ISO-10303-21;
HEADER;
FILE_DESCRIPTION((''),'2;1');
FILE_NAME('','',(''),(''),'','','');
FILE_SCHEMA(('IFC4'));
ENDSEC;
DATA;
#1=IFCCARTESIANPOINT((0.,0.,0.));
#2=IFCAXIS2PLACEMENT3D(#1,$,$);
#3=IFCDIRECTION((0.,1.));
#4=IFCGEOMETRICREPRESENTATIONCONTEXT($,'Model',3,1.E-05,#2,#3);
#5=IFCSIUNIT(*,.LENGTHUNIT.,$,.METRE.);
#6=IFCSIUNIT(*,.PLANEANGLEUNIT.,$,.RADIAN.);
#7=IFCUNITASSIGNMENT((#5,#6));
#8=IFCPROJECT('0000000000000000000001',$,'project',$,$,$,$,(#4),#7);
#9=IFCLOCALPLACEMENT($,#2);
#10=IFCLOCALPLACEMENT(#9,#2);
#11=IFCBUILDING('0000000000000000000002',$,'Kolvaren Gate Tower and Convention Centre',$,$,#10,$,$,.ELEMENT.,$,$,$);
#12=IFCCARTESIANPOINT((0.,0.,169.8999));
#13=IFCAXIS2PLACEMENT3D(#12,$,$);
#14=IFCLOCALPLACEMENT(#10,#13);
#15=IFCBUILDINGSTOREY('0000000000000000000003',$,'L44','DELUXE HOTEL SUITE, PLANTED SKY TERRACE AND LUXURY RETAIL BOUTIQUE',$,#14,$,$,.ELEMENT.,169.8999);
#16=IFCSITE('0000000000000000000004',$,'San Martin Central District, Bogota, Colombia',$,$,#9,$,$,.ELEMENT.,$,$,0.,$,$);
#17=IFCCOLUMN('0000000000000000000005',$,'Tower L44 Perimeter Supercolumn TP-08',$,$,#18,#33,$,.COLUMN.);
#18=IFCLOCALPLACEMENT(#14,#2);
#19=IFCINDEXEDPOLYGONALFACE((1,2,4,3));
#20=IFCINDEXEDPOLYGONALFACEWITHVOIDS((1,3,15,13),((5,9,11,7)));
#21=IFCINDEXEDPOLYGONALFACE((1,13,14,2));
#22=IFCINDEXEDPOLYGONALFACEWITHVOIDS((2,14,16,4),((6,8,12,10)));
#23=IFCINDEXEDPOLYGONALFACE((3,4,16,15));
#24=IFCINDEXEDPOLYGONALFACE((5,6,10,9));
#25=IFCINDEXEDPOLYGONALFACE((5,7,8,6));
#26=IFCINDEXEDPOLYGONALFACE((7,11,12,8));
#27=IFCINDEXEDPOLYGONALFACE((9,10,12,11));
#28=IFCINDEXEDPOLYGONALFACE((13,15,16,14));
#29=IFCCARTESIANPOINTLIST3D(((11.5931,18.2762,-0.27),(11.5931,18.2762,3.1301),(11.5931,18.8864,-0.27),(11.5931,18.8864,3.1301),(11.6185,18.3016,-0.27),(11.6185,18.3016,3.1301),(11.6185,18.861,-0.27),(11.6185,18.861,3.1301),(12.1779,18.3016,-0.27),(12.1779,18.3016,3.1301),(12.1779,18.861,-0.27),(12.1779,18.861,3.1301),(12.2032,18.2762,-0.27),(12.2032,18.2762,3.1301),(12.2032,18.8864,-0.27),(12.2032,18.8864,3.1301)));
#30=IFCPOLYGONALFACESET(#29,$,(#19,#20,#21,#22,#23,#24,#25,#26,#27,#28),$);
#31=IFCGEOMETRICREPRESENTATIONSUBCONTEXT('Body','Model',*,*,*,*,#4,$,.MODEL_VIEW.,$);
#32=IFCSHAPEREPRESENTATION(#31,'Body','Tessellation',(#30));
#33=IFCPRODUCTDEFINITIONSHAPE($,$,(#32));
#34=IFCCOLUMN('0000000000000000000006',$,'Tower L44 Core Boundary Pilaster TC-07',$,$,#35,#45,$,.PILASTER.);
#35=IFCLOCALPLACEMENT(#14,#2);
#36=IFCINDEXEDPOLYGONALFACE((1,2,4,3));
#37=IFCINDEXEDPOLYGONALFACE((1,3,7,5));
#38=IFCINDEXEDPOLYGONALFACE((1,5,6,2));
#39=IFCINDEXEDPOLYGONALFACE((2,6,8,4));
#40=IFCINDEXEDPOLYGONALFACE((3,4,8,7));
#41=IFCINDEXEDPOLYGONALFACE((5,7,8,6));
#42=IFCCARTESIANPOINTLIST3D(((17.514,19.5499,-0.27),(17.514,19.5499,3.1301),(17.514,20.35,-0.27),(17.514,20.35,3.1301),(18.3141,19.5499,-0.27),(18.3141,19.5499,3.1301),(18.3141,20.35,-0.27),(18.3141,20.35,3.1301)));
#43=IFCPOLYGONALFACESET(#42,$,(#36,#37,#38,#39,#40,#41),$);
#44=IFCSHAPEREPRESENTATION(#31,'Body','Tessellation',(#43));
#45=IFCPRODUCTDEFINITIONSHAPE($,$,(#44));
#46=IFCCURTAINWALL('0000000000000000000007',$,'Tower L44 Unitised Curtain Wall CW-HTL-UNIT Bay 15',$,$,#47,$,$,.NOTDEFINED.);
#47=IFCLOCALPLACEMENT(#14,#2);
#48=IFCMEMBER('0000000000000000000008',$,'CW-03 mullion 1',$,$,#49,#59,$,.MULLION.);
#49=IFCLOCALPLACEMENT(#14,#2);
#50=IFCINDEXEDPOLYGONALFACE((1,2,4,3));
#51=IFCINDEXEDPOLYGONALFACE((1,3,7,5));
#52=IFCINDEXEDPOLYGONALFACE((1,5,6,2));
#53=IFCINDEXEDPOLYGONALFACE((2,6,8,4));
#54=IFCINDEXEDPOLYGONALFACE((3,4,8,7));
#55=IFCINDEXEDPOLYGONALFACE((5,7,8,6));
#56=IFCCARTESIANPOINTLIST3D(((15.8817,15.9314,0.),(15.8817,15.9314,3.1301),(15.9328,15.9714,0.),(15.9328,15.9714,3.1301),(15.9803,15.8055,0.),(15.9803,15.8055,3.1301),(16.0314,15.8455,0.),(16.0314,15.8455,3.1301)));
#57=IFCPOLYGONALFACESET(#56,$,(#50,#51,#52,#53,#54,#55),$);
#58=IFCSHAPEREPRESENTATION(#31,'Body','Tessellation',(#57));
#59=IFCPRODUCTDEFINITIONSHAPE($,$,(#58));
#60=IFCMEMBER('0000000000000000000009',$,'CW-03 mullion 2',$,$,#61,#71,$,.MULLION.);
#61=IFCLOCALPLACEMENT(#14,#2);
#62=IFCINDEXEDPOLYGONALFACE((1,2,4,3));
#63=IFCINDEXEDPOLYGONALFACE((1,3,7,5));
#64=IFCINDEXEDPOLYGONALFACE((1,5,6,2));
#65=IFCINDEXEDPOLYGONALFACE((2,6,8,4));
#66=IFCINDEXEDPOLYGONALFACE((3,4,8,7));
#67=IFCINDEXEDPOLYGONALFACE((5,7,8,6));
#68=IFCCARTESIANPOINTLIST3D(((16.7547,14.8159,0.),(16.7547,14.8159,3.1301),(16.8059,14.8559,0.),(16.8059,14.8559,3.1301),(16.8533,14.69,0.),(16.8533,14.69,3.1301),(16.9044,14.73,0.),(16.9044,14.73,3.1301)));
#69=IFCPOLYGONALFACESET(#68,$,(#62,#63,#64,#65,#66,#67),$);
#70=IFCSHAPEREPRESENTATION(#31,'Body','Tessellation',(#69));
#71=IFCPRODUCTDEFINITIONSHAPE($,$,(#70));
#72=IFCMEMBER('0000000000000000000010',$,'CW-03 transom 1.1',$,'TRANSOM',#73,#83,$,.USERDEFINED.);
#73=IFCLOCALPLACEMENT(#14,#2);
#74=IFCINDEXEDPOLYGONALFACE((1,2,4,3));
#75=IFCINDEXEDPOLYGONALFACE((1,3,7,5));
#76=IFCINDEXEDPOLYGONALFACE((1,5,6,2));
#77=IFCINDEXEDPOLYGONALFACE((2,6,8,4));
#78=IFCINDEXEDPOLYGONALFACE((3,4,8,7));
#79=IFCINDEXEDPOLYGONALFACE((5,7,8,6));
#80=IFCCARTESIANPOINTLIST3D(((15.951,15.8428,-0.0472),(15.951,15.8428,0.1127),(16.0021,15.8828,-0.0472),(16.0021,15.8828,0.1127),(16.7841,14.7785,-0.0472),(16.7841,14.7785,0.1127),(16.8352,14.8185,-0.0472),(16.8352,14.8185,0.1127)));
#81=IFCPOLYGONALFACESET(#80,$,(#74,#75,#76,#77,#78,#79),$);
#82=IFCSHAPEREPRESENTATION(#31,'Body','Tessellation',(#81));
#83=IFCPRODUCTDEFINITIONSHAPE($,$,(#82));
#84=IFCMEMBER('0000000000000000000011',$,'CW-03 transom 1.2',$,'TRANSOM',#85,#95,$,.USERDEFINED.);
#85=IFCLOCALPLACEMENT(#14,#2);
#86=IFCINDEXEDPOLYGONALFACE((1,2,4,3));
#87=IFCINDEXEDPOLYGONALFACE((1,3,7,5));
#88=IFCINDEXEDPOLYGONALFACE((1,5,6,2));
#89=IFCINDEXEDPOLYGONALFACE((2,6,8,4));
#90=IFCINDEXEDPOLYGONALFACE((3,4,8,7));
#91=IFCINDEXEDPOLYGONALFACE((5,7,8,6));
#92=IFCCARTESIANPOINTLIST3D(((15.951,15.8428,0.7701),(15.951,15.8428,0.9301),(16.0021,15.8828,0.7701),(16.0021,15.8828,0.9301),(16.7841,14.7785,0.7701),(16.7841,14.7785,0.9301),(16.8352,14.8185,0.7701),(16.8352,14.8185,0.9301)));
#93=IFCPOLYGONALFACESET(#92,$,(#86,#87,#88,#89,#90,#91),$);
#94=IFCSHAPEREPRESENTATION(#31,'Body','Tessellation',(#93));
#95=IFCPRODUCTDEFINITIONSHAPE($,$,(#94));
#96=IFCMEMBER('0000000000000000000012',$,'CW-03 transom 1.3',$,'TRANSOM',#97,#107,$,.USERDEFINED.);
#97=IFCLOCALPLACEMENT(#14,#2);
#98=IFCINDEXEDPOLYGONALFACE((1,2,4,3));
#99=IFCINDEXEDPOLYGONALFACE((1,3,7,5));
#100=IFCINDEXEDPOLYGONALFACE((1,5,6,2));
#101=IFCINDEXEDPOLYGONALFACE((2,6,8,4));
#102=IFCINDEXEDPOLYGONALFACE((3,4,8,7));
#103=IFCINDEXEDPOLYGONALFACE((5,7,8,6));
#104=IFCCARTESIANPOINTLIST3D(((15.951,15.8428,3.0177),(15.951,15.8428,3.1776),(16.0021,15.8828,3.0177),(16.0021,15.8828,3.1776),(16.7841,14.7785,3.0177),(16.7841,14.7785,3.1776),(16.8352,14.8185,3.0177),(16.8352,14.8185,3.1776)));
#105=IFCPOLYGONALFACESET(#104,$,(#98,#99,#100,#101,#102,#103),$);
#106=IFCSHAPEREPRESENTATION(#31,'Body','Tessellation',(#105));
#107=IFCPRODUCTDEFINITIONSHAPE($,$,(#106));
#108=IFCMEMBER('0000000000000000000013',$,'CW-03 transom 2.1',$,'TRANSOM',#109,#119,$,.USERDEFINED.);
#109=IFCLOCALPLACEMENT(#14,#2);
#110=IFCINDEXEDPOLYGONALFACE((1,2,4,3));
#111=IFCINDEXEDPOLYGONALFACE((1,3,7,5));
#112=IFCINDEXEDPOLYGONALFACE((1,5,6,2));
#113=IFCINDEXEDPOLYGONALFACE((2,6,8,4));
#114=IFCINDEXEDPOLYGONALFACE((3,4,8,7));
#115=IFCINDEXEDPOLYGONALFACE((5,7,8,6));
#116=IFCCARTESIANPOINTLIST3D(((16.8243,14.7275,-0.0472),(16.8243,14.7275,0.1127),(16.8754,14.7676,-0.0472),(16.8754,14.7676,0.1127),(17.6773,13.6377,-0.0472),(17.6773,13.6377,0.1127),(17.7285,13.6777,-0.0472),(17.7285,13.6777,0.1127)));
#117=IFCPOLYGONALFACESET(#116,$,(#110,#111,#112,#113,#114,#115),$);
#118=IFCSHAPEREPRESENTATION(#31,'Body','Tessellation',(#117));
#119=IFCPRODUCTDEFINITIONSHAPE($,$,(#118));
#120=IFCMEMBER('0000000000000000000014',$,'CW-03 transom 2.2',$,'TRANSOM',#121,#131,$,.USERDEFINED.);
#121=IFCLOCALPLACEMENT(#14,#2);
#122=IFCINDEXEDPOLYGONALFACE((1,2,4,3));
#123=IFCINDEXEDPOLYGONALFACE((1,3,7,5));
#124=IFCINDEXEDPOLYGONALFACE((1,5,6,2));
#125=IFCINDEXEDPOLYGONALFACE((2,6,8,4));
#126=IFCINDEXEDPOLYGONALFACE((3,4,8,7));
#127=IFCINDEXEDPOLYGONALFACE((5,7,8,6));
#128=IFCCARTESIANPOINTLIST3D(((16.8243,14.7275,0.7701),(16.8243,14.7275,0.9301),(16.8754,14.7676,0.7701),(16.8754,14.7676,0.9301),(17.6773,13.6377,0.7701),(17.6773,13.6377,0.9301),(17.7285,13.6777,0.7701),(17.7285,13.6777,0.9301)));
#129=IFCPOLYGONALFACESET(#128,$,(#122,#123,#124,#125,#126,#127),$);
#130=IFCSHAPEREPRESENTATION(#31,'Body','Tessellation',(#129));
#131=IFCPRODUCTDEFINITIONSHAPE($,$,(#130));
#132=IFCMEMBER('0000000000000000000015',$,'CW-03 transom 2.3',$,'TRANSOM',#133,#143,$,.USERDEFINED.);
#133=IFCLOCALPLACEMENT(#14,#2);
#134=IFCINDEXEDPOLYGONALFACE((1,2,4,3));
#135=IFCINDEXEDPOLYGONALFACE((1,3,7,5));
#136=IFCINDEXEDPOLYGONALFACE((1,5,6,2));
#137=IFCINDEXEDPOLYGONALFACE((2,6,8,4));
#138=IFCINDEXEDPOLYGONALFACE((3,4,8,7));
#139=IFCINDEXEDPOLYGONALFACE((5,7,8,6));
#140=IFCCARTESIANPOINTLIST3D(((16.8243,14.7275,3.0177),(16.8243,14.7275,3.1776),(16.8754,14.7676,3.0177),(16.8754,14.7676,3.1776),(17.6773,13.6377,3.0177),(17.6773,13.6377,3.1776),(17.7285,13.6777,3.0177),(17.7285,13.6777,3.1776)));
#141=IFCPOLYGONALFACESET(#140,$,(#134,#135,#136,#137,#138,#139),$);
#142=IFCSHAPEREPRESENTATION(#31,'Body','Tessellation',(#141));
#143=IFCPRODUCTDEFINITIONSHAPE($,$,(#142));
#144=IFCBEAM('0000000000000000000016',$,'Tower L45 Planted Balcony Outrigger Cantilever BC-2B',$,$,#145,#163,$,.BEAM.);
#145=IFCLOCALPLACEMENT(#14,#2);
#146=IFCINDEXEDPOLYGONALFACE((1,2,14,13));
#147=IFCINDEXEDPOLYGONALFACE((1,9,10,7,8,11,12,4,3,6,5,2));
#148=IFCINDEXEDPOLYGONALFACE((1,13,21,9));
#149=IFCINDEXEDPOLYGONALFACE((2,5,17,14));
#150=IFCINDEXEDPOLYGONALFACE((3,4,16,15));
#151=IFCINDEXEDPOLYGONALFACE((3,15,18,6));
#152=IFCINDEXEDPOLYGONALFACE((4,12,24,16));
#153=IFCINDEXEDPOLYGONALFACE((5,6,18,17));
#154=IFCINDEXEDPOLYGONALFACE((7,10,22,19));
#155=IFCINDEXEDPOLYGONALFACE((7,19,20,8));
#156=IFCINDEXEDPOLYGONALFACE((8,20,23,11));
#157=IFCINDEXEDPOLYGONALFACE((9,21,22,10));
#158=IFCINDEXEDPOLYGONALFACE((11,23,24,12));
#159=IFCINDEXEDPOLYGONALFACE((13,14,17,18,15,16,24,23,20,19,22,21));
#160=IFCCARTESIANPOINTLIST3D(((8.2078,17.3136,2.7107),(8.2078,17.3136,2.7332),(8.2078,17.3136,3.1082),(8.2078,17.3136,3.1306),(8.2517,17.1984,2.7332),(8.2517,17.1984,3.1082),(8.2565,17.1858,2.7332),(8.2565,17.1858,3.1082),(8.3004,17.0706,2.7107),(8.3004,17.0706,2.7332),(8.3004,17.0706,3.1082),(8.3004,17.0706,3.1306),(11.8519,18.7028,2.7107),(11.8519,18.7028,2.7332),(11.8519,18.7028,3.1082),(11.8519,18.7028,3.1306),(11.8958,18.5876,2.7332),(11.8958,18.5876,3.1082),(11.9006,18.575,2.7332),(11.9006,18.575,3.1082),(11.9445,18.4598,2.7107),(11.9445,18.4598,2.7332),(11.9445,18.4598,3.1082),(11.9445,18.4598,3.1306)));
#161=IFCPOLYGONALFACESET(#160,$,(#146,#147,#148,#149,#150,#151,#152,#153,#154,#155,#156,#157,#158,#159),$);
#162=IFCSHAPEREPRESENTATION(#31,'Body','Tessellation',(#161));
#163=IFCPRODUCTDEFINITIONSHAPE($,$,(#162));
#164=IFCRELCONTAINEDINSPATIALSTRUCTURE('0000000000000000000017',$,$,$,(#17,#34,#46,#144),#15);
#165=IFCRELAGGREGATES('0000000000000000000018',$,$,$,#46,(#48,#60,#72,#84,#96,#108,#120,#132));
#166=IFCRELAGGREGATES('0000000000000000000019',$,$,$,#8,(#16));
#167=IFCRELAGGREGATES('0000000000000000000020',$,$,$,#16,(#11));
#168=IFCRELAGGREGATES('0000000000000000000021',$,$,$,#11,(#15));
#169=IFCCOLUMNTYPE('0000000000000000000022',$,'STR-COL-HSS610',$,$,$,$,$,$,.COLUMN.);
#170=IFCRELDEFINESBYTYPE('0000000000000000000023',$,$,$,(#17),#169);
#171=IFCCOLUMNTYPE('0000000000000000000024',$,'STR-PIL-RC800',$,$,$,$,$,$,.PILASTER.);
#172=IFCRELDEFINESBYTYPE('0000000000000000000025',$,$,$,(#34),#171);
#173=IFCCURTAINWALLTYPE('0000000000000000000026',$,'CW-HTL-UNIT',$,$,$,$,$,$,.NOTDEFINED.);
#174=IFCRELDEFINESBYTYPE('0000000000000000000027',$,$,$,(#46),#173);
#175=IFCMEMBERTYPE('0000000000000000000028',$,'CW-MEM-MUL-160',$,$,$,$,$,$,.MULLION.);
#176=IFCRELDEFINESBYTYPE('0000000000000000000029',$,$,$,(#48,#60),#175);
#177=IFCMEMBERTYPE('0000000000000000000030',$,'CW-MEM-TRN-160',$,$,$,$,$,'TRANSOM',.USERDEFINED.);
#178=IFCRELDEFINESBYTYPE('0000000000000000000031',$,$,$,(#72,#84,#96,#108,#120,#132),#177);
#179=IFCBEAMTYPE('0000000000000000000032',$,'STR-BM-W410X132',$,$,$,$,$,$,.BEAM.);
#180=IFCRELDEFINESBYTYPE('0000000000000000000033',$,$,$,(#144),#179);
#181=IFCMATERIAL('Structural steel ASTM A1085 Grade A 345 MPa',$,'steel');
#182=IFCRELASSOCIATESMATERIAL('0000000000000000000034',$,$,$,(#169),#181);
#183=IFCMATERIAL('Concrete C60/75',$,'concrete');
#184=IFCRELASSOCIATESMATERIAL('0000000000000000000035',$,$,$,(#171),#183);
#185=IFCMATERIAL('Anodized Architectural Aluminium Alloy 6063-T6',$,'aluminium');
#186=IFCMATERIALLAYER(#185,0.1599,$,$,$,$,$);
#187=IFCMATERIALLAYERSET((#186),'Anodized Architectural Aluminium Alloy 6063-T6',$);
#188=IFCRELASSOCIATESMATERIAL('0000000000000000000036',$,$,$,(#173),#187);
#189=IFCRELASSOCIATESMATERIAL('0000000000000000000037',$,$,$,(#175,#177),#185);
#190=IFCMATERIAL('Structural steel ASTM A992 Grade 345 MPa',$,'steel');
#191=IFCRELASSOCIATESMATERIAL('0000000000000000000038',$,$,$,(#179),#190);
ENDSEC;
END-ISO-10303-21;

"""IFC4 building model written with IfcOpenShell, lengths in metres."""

from ifc_helpers import new_model, si_unit, direction, frame, origin, origin_2d, place, context, subcontext, project, spatial, rectangle, hollow_rectangle, i_section, extrude, material, layer, layer_set, material_profile, profile_set, type_object, element, aggregate, save


model = new_model("IFC4")

# Units and contexts
model_context = context("Model", 3, precision=1e-05, world=origin(), true_north=direction((0.0, 1.0)))
body_context = subcontext(model_context, "Body", "Model", "MODEL_VIEW")
ifc_project = project(units=[si_unit("LENGTHUNIT", "METRE"), si_unit("PLANEANGLEUNIT", "RADIAN")], contexts=[model_context])

# Site, building, storey
site_placement = place(None, origin())
site = spatial("IfcSite", under=ifc_project, at=site_placement, Name="San Martin Central District, Bogota, Colombia", CompositionType="ELEMENT", RefElevation=0.0)
building_placement = place(site_placement, origin())
building = spatial("IfcBuilding", under=site, at=building_placement, Name="Kolvaren Gate Tower and Convention Centre", CompositionType="ELEMENT")
storey_placement = place(building_placement, frame((0.0, 0.0, 169.8999)))
storey = spatial("IfcBuildingStorey", under=building, at=storey_placement, Name="L44", Description="DELUXE HOTEL SUITE, PLANTED SKY TERRACE AND LUXURY RETAIL BOUTIQUE", CompositionType="ELEMENT", Elevation=169.8999)

# Columns
ifc_material_1 = material(Name="Structural steel ASTM A1085 Grade A 345 MPa", Category="steel")
ifc_material_profile_1 = material_profile(ifc_material_1, hollow_rectangle(XDim=0.6101, YDim=0.6101, WallThickness=0.0254, at=origin_2d()), Name="HSS610X610X25.4")
ifc_profile_set_1 = profile_set([ifc_material_profile_1], Name="Structural steel ASTM A1085 Grade A 345 MPa")
column_type_1 = type_object("IfcColumnType", Name="STR-COL-HSS610", PredefinedType="COLUMN", material=ifc_profile_set_1)
column_1_placement = place(storey_placement, frame((11.8982, 18.5813, -0.27), z_axis=(0.0, 0.0, 1.0), x_axis=(1.0, 0.0, 0.0)))
element("IfcColumn", 1, at=column_1_placement, inside=storey, type_object=column_type_1, Name="Tower L44 Perimeter Supercolumn TP-08", PredefinedType="COLUMN", context=body_context, shape_type="SweptSolid", body=[
    extrude(hollow_rectangle(XDim=0.6101, YDim=0.6101, WallThickness=0.0254, at=origin_2d()), origin(), (0.0, 0.0, 1.0), 3.4001),
])
ifc_material_2 = material(Name="Concrete C60/75", Category="concrete")
ifc_material_profile_2 = material_profile(ifc_material_2, rectangle(XDim=0.8, YDim=0.8, at=origin_2d()), Name="RC-COL-800X800")
ifc_profile_set_2 = profile_set([ifc_material_profile_2], Name="Concrete C60/75")
column_type_2 = type_object("IfcColumnType", Name="STR-PIL-RC800", PredefinedType="PILASTER", material=ifc_profile_set_2)
column_2_placement = place(storey_placement, frame((17.9141, 19.95, -0.27), z_axis=(0.0, 0.0, 1.0), x_axis=(1.0, 0.0, 0.0)))
element("IfcColumn", 2, at=column_2_placement, inside=storey, type_object=column_type_2, Name="Tower L44 Core Boundary Pilaster TC-07", PredefinedType="PILASTER", context=body_context, shape_type="SweptSolid", body=[
    extrude(rectangle(XDim=0.8, YDim=0.8, at=origin_2d()), origin(), (0.0, 0.0, 1.0), 3.4001),
])

# Curtain wall, members
ifc_material_3 = material(Name="Anodized Architectural Aluminium Alloy 6063-T6", Category="aluminium")
ifc_layer_1 = layer(ifc_material_3, 0.1599)
ifc_layer_set_1 = layer_set([ifc_layer_1], Name="Anodized Architectural Aluminium Alloy 6063-T6")
curtain_wall_type = type_object("IfcCurtainWallType", Name="CW-HTL-UNIT", PredefinedType="NOTDEFINED", material=ifc_layer_set_1)
curtain_wall_placement = place(storey_placement, origin())
curtain_wall = element("IfcCurtainWall", 3, at=curtain_wall_placement, inside=storey, type_object=curtain_wall_type, Name="Tower L44 Unitised Curtain Wall CW-HTL-UNIT Bay 15", PredefinedType="NOTDEFINED")
ifc_material_profile_3 = material_profile(ifc_material_3, rectangle(XDim=0.0649, YDim=0.1599, at=origin_2d()), Name="CW-MEM-MUL-160")
ifc_profile_set_3 = profile_set([ifc_material_profile_3], Name="Anodized Architectural Aluminium Alloy 6063-T6")
member_type_1 = type_object("IfcMemberType", Name="CW-MEM-MUL-160", PredefinedType="MULLION", material=ifc_profile_set_3)
member_1_placement = place(storey_placement, frame((15.9565, 15.8884, 0.0), z_axis=(0.0, 0.0, 1.0), x_axis=(0.787415, 0.616424, 0.0)))
member_1 = element("IfcMember", 4, at=member_1_placement, type_object=member_type_1, Name="CW-03 mullion 1", PredefinedType="MULLION", context=body_context, shape_type="SweptSolid", body=[
    extrude(rectangle(XDim=0.0649, YDim=0.1599, at=origin_2d()), origin(), (0.0, 0.0, 1.0), 3.1301),
])
member_2_placement = place(storey_placement, frame((16.8296, 14.7729, 0.0), z_axis=(0.0, 0.0, 1.0), x_axis=(0.787415, 0.616424, 0.0)))
member_2 = element("IfcMember", 5, at=member_2_placement, type_object=member_type_1, Name="CW-03 mullion 2", PredefinedType="MULLION", context=body_context, shape_type="SweptSolid", body=[
    extrude(rectangle(XDim=0.0649, YDim=0.1599, at=origin_2d()), origin(), (0.0, 0.0, 1.0), 3.1301),
])
ifc_material_profile_4 = material_profile(ifc_material_3, rectangle(XDim=0.0649, YDim=0.1599, at=origin_2d()), Name="CW-MEM-TRN-160")
ifc_profile_set_4 = profile_set([ifc_material_profile_4], Name="Anodized Architectural Aluminium Alloy 6063-T6")
member_type_2 = type_object("IfcMemberType", Name="CW-MEM-TRN-160", ElementType="TRANSOM", PredefinedType="USERDEFINED", material=ifc_profile_set_4)
member_3_placement = place(storey_placement, frame((15.9766, 15.8628, 0.0327), z_axis=(0.616376, -0.787452, 0.0), x_axis=(0.787452, 0.616376, 0.0)))
member_3 = element("IfcMember", 6, at=member_3_placement, type_object=member_type_2, Name="CW-03 transom 1.1", ObjectType="TRANSOM", PredefinedType="USERDEFINED", context=body_context, shape_type="SweptSolid", body=[
    extrude(rectangle(XDim=0.0649, YDim=0.1599, at=origin_2d()), origin(), (0.0, 0.0, 1.0), 1.3516),
])
member_4_placement = place(storey_placement, frame((15.9766, 15.8628, 0.8501), z_axis=(0.616376, -0.787452, 0.0), x_axis=(0.787452, 0.616376, 0.0)))
member_4 = element("IfcMember", 7, at=member_4_placement, type_object=member_type_2, Name="CW-03 transom 1.2", ObjectType="TRANSOM", PredefinedType="USERDEFINED", context=body_context, shape_type="SweptSolid", body=[
    extrude(rectangle(XDim=0.0649, YDim=0.1599, at=origin_2d()), origin(), (0.0, 0.0, 1.0), 1.3516),
])
member_5_placement = place(storey_placement, frame((15.9766, 15.8628, 3.0977), z_axis=(0.616376, -0.787452, 0.0), x_axis=(0.787452, 0.616376, 0.0)))
member_5 = element("IfcMember", 8, at=member_5_placement, type_object=member_type_2, Name="CW-03 transom 1.3", ObjectType="TRANSOM", PredefinedType="USERDEFINED", context=body_context, shape_type="SweptSolid", body=[
    extrude(rectangle(XDim=0.0649, YDim=0.1599, at=origin_2d()), origin(), (0.0, 0.0, 1.0), 1.3516),
])
member_6_placement = place(storey_placement, frame((16.8499, 14.7476, 0.0327), z_axis=(0.616356, -0.787468, 0.0), x_axis=(0.787468, 0.616356, 0.0)))
member_6 = element("IfcMember", 9, at=member_6_placement, type_object=member_type_2, Name="CW-03 transom 2.1", ObjectType="TRANSOM", PredefinedType="USERDEFINED", context=body_context, shape_type="SweptSolid", body=[
    extrude(rectangle(XDim=0.0649, YDim=0.1599, at=origin_2d()), origin(), (0.0, 0.0, 1.0), 1.384),
])
member_7_placement = place(storey_placement, frame((16.8499, 14.7476, 0.8501), z_axis=(0.616356, -0.787468, 0.0), x_axis=(0.787468, 0.616356, 0.0)))
member_7 = element("IfcMember", 10, at=member_7_placement, type_object=member_type_2, Name="CW-03 transom 2.2", ObjectType="TRANSOM", PredefinedType="USERDEFINED", context=body_context, shape_type="SweptSolid", body=[
    extrude(rectangle(XDim=0.0649, YDim=0.1599, at=origin_2d()), origin(), (0.0, 0.0, 1.0), 1.384),
])
member_8_placement = place(storey_placement, frame((16.8499, 14.7476, 3.0977), z_axis=(0.616356, -0.787468, 0.0), x_axis=(0.787468, 0.616356, 0.0)))
member_8 = element("IfcMember", 11, at=member_8_placement, type_object=member_type_2, Name="CW-03 transom 2.3", ObjectType="TRANSOM", PredefinedType="USERDEFINED", context=body_context, shape_type="SweptSolid", body=[
    extrude(rectangle(XDim=0.0649, YDim=0.1599, at=origin_2d()), origin(), (0.0, 0.0, 1.0), 1.384),
])

# Beam
ifc_material_4 = material(Name="Structural steel ASTM A992 Grade 345 MPa", Category="steel")
ifc_material_profile_5 = material_profile(ifc_material_4, i_section(OverallWidth=0.26, OverallDepth=0.4199, WebThickness=0.0134, FlangeThickness=0.0225, at=origin_2d()), Name="W410X132")
ifc_profile_set_5 = profile_set([ifc_material_profile_5], Name="Structural steel ASTM A992 Grade 345 MPa")
beam_type_1 = type_object("IfcBeamType", Name="STR-BM-W410X132", PredefinedType="BEAM", material=ifc_profile_set_5)
beam_1_placement = place(storey_placement, frame((11.8982, 18.5813, 2.9207), z_axis=(-0.934406, -0.356209, 0.0), x_axis=(0.356209, -0.934406, 0.0)))
element("IfcBeam", 12, at=beam_1_placement, inside=storey, type_object=beam_type_1, Name="Tower L45 Planted Balcony Outrigger Cantilever BC-2B", PredefinedType="BEAM", context=body_context, shape_type="SweptSolid", body=[
    extrude(i_section(OverallWidth=0.26, OverallDepth=0.4199, WebThickness=0.0134, FlangeThickness=0.0225, at=origin_2d()), origin(), (0.0, 0.0, 1.0), 3.8999),
])

aggregate(curtain_wall, [member_1, member_2, member_3, member_4, member_5, member_6, member_7, member_8])

save(model, "model.ifc")
